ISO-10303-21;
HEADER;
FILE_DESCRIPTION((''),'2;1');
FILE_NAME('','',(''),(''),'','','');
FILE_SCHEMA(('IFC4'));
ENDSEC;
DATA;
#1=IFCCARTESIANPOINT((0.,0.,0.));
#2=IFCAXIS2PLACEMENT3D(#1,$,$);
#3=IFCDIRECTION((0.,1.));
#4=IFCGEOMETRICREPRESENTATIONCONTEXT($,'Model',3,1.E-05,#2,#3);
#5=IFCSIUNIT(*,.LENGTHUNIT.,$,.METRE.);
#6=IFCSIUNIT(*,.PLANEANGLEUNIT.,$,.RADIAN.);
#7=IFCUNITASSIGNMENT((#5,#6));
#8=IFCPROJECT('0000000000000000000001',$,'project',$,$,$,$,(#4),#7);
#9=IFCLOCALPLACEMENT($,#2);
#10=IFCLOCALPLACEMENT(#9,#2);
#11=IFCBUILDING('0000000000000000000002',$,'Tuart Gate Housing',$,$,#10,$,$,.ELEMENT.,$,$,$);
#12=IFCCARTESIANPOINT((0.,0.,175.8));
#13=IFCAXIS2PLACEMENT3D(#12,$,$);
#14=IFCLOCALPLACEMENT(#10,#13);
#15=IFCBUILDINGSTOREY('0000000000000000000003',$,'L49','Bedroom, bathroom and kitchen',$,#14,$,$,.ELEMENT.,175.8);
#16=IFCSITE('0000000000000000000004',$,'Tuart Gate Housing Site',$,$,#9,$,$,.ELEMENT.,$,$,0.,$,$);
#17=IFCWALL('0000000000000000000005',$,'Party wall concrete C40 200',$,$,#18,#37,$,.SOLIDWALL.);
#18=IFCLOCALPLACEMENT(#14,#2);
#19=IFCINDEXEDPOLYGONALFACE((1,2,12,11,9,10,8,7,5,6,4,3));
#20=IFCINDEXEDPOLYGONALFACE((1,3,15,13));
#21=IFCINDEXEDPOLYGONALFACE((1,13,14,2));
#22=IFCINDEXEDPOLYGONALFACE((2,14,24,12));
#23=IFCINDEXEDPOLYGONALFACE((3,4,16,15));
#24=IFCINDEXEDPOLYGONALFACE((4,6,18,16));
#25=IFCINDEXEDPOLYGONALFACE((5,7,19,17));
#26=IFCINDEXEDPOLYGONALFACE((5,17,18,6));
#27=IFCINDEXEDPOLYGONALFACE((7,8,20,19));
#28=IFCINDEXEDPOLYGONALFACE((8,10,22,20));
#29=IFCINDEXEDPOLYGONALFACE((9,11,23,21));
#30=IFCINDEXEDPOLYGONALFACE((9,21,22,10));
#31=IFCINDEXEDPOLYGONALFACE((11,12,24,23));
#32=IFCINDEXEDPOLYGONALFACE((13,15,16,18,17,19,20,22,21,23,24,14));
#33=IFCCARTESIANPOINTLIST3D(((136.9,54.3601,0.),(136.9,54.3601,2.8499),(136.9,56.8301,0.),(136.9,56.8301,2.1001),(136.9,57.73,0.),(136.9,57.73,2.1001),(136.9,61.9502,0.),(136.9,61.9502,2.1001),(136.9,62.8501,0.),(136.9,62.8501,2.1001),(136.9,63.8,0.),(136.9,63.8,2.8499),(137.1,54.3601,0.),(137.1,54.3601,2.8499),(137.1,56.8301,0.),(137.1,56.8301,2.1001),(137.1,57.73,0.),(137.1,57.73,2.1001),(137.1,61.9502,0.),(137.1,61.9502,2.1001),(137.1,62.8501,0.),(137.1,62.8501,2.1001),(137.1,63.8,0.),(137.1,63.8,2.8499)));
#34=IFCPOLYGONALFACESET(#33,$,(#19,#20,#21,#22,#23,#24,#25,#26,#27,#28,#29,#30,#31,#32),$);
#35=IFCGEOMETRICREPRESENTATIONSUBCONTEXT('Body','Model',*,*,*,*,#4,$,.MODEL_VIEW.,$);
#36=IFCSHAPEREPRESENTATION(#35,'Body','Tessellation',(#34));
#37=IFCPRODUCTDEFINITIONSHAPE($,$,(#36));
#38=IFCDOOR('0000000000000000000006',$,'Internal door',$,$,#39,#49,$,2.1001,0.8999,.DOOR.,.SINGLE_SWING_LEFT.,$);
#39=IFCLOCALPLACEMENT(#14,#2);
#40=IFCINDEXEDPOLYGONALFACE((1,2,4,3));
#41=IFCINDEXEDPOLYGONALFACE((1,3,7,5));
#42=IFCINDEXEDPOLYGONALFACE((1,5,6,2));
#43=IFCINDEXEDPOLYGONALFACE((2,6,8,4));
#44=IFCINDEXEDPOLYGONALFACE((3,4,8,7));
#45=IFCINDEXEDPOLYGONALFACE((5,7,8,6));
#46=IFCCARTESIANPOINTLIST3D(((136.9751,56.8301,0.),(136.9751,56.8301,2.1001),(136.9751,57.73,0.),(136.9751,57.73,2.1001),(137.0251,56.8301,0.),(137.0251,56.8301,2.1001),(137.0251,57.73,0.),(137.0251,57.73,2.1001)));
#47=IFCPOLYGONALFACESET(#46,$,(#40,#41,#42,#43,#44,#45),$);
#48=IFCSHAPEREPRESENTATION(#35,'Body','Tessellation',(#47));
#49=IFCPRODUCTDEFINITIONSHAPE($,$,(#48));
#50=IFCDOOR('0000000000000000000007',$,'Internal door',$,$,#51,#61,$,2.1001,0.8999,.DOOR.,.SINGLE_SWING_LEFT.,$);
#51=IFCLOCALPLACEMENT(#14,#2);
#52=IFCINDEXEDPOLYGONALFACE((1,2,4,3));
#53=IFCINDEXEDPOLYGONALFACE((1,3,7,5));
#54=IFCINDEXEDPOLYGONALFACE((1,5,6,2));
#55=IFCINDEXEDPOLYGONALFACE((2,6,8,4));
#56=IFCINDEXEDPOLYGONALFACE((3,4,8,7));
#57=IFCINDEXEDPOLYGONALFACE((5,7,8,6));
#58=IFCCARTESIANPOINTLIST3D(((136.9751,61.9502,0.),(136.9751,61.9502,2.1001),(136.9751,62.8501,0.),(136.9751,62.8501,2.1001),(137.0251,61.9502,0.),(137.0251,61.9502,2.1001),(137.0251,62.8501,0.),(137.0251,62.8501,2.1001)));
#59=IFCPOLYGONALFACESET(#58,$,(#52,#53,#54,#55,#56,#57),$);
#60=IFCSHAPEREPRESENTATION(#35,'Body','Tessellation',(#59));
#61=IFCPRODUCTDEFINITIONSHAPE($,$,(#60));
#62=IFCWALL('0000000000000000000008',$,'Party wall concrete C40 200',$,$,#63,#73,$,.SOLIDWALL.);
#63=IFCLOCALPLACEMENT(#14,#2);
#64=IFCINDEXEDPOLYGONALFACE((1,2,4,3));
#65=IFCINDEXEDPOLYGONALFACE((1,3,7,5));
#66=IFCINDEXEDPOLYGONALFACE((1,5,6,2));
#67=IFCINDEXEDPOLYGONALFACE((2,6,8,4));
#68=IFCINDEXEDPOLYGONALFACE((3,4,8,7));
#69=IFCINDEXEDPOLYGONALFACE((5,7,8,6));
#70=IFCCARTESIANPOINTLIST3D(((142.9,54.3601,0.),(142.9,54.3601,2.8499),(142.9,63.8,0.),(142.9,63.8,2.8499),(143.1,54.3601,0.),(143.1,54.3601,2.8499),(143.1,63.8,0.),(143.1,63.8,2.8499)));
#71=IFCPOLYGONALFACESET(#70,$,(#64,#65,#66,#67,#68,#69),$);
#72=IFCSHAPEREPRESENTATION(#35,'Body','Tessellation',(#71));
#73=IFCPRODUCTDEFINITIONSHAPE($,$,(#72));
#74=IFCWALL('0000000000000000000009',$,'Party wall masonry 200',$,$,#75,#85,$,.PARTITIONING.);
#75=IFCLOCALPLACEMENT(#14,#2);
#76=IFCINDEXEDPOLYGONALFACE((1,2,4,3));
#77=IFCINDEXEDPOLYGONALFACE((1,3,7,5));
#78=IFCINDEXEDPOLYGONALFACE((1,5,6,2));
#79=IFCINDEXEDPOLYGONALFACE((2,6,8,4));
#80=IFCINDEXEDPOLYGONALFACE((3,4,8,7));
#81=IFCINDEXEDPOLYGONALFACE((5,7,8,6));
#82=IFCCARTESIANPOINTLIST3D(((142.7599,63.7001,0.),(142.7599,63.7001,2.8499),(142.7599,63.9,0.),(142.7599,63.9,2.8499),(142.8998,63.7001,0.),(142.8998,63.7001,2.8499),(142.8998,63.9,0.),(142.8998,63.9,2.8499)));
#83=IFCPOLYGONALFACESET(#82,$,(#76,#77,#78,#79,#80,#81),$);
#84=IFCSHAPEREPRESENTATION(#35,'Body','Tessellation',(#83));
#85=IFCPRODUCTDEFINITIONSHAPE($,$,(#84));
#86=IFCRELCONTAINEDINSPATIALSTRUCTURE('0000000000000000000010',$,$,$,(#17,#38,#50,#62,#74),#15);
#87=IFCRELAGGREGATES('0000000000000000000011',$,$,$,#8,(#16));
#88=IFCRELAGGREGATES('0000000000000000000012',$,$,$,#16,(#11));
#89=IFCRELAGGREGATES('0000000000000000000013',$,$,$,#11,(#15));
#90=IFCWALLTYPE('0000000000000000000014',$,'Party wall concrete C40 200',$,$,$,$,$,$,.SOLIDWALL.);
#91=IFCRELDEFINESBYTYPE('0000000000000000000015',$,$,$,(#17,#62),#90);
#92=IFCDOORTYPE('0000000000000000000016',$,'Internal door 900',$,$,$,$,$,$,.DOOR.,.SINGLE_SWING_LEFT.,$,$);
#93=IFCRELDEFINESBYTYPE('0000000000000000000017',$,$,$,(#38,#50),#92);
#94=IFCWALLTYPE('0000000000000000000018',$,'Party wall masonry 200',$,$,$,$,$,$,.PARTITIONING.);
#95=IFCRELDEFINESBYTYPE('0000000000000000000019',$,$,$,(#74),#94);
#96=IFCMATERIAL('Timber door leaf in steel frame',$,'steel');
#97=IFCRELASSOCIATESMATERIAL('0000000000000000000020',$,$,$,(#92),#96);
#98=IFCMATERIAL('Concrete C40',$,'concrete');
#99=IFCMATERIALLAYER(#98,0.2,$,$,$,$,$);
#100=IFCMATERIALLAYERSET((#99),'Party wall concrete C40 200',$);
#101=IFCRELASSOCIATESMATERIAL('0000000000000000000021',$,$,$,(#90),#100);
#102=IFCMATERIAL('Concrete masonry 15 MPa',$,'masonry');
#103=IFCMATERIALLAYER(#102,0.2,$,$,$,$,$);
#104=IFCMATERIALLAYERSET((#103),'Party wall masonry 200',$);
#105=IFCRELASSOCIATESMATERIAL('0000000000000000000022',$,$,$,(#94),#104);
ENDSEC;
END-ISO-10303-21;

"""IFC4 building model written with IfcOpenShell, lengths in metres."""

from ifc_helpers import new_model, si_unit, direction, frame, frame_2d, origin, place, context, subcontext, project, spatial, rectangle, extrude, material, layer, layer_set, type_object, element, fill, save


model = new_model("IFC4")

# Units and contexts
model_context = context("Model", 3, precision=1e-05, world=origin(), true_north=direction((0.0, 1.0)))
body_context = subcontext(model_context, "Body", "Model", "MODEL_VIEW")
ifc_project = project(units=[si_unit("LENGTHUNIT", "METRE"), si_unit("PLANEANGLEUNIT", "RADIAN")], contexts=[model_context])

# Site, building, storey
site_placement = place(None, origin())
site = spatial("IfcSite", under=ifc_project, at=site_placement, Name="Tuart Gate Housing Site", CompositionType="ELEMENT", RefElevation=0.0)
building_placement = place(site_placement, origin())
building = spatial("IfcBuilding", under=site, at=building_placement, Name="Tuart Gate Housing", CompositionType="ELEMENT")
storey_placement = place(building_placement, frame((0.0, 0.0, 175.8)))
storey = spatial("IfcBuildingStorey", under=building, at=storey_placement, Name="L49", Description="Bedroom, bathroom and kitchen", CompositionType="ELEMENT", Elevation=175.8)

# Shared definitions
ifc_material_1 = material(Name="Timber door leaf in steel frame", Category="steel")
door_type_1 = type_object("IfcDoorType", Name="Internal door 900", OperationType="SINGLE_SWING_LEFT", PredefinedType="DOOR", material=ifc_material_1)

# Wall, openings, doors
ifc_material_2 = material(Name="Concrete C40", Category="concrete")
ifc_layer_1 = layer(ifc_material_2, 0.2)
ifc_layer_set_1 = layer_set([ifc_layer_1], Name="Party wall concrete C40 200")
wall_type_1 = type_object("IfcWallType", Name="Party wall concrete C40 200", PredefinedType="SOLIDWALL", material=ifc_layer_set_1)
wall_1_placement = place(storey_placement, frame((137.0, 54.3601, 0.0), z_axis=(0.0, 0.0, 1.0), x_axis=(0.0, 1.0, 0.0)))
wall_1 = element("IfcWall", 1, at=wall_1_placement, inside=storey, type_object=wall_type_1, Name="Party wall concrete C40 200", PredefinedType="SOLIDWALL", context=body_context, shape_type="SweptSolid", body=[
    extrude(rectangle(XDim=9.4399, YDim=0.2, at=frame_2d((4.72, 0.0))), origin(), (0.0, 0.0, 1.0), 2.8499),
])
opening_1_placement = place(wall_1_placement, frame((2.47, 0.0, 0.0)))
opening_1 = element("IfcOpeningElement", 2, at=opening_1_placement, cuts=wall_1, PredefinedType="OPENING", context=body_context, shape_type="SweptSolid", body=[
    extrude(rectangle(XDim=0.8999, YDim=2.1001, at=frame_2d((0.45, 1.05))), frame((0.0, 0.1099, 0.0), z_axis=(0.0, -1.0, 0.0), x_axis=(1.0, 0.0, 0.0)), (0.0, 0.0, 1.0), 0.22),
])
opening_2_placement = place(wall_1_placement, frame((7.5901, 0.0, 0.0)))
opening_2 = element("IfcOpeningElement", 3, at=opening_2_placement, cuts=wall_1, PredefinedType="OPENING", context=body_context, shape_type="SweptSolid", body=[
    extrude(rectangle(XDim=0.8999, YDim=2.1001, at=frame_2d((0.45, 1.05))), frame((0.0, 0.1099, 0.0), z_axis=(0.0, -1.0, 0.0), x_axis=(1.0, 0.0, 0.0)), (0.0, 0.0, 1.0), 0.22),
])
door_1_placement = place(opening_1_placement, origin())
door_1 = element("IfcDoor", 4, at=door_1_placement, inside=storey, type_object=door_type_1, Name="Internal door", OperationType="SINGLE_SWING_LEFT", OverallHeight=2.1001, OverallWidth=0.8999, PredefinedType="DOOR", context=body_context, shape_type="SweptSolid", body=[
    extrude(rectangle(XDim=0.8999, YDim=2.1001, at=frame_2d((0.45, 1.05))), frame((0.0, 0.0249, 0.0), z_axis=(0.0, -1.0, 0.0), x_axis=(1.0, 0.0, 0.0)), (0.0, 0.0, 1.0), 0.05),
])
fill(opening_1, door_1)
door_2_placement = place(opening_2_placement, origin())
door_2 = element("IfcDoor", 5, at=door_2_placement, inside=storey, type_object=door_type_1, Name="Internal door", OperationType="SINGLE_SWING_LEFT", OverallHeight=2.1001, OverallWidth=0.8999, PredefinedType="DOOR", context=body_context, shape_type="SweptSolid", body=[
    extrude(rectangle(XDim=0.8999, YDim=2.1001, at=frame_2d((0.45, 1.05))), frame((0.0, 0.0249, 0.0), z_axis=(0.0, -1.0, 0.0), x_axis=(1.0, 0.0, 0.0)), (0.0, 0.0, 1.0), 0.05),
])
fill(opening_2, door_2)

# Walls
wall_2_placement = place(storey_placement, frame((143.0, 54.3601, 0.0), z_axis=(0.0, 0.0, 1.0), x_axis=(0.0, 1.0, 0.0)))
element("IfcWall", 6, at=wall_2_placement, inside=storey, type_object=wall_type_1, Name="Party wall concrete C40 200", PredefinedType="SOLIDWALL", context=body_context, shape_type="SweptSolid", body=[
    extrude(rectangle(XDim=9.4399, YDim=0.2, at=frame_2d((4.72, 0.0))), origin(), (0.0, 0.0, 1.0), 2.8499),
])
ifc_material_3 = material(Name="Concrete masonry 15 MPa", Category="masonry")
ifc_layer_2 = layer(ifc_material_3, 0.2)
ifc_layer_set_2 = layer_set([ifc_layer_2], Name="Party wall masonry 200")
wall_type_2 = type_object("IfcWallType", Name="Party wall masonry 200", PredefinedType="PARTITIONING", material=ifc_layer_set_2)
wall_3_placement = place(storey_placement, frame((142.76, 63.8, 0.0), z_axis=(0.0, 0.0, 1.0), x_axis=(1.0, 0.0, 0.0)))
element("IfcWall", 7, at=wall_3_placement, inside=storey, type_object=wall_type_2, Name="Party wall masonry 200", PredefinedType="PARTITIONING", context=body_context, shape_type="SweptSolid", body=[
    extrude(rectangle(XDim=0.1399, YDim=0.2, at=frame_2d((0.0698, 0.0))), origin(), (0.0, 0.0, 1.0), 2.8499),
])

save(model, "model.ifc")
